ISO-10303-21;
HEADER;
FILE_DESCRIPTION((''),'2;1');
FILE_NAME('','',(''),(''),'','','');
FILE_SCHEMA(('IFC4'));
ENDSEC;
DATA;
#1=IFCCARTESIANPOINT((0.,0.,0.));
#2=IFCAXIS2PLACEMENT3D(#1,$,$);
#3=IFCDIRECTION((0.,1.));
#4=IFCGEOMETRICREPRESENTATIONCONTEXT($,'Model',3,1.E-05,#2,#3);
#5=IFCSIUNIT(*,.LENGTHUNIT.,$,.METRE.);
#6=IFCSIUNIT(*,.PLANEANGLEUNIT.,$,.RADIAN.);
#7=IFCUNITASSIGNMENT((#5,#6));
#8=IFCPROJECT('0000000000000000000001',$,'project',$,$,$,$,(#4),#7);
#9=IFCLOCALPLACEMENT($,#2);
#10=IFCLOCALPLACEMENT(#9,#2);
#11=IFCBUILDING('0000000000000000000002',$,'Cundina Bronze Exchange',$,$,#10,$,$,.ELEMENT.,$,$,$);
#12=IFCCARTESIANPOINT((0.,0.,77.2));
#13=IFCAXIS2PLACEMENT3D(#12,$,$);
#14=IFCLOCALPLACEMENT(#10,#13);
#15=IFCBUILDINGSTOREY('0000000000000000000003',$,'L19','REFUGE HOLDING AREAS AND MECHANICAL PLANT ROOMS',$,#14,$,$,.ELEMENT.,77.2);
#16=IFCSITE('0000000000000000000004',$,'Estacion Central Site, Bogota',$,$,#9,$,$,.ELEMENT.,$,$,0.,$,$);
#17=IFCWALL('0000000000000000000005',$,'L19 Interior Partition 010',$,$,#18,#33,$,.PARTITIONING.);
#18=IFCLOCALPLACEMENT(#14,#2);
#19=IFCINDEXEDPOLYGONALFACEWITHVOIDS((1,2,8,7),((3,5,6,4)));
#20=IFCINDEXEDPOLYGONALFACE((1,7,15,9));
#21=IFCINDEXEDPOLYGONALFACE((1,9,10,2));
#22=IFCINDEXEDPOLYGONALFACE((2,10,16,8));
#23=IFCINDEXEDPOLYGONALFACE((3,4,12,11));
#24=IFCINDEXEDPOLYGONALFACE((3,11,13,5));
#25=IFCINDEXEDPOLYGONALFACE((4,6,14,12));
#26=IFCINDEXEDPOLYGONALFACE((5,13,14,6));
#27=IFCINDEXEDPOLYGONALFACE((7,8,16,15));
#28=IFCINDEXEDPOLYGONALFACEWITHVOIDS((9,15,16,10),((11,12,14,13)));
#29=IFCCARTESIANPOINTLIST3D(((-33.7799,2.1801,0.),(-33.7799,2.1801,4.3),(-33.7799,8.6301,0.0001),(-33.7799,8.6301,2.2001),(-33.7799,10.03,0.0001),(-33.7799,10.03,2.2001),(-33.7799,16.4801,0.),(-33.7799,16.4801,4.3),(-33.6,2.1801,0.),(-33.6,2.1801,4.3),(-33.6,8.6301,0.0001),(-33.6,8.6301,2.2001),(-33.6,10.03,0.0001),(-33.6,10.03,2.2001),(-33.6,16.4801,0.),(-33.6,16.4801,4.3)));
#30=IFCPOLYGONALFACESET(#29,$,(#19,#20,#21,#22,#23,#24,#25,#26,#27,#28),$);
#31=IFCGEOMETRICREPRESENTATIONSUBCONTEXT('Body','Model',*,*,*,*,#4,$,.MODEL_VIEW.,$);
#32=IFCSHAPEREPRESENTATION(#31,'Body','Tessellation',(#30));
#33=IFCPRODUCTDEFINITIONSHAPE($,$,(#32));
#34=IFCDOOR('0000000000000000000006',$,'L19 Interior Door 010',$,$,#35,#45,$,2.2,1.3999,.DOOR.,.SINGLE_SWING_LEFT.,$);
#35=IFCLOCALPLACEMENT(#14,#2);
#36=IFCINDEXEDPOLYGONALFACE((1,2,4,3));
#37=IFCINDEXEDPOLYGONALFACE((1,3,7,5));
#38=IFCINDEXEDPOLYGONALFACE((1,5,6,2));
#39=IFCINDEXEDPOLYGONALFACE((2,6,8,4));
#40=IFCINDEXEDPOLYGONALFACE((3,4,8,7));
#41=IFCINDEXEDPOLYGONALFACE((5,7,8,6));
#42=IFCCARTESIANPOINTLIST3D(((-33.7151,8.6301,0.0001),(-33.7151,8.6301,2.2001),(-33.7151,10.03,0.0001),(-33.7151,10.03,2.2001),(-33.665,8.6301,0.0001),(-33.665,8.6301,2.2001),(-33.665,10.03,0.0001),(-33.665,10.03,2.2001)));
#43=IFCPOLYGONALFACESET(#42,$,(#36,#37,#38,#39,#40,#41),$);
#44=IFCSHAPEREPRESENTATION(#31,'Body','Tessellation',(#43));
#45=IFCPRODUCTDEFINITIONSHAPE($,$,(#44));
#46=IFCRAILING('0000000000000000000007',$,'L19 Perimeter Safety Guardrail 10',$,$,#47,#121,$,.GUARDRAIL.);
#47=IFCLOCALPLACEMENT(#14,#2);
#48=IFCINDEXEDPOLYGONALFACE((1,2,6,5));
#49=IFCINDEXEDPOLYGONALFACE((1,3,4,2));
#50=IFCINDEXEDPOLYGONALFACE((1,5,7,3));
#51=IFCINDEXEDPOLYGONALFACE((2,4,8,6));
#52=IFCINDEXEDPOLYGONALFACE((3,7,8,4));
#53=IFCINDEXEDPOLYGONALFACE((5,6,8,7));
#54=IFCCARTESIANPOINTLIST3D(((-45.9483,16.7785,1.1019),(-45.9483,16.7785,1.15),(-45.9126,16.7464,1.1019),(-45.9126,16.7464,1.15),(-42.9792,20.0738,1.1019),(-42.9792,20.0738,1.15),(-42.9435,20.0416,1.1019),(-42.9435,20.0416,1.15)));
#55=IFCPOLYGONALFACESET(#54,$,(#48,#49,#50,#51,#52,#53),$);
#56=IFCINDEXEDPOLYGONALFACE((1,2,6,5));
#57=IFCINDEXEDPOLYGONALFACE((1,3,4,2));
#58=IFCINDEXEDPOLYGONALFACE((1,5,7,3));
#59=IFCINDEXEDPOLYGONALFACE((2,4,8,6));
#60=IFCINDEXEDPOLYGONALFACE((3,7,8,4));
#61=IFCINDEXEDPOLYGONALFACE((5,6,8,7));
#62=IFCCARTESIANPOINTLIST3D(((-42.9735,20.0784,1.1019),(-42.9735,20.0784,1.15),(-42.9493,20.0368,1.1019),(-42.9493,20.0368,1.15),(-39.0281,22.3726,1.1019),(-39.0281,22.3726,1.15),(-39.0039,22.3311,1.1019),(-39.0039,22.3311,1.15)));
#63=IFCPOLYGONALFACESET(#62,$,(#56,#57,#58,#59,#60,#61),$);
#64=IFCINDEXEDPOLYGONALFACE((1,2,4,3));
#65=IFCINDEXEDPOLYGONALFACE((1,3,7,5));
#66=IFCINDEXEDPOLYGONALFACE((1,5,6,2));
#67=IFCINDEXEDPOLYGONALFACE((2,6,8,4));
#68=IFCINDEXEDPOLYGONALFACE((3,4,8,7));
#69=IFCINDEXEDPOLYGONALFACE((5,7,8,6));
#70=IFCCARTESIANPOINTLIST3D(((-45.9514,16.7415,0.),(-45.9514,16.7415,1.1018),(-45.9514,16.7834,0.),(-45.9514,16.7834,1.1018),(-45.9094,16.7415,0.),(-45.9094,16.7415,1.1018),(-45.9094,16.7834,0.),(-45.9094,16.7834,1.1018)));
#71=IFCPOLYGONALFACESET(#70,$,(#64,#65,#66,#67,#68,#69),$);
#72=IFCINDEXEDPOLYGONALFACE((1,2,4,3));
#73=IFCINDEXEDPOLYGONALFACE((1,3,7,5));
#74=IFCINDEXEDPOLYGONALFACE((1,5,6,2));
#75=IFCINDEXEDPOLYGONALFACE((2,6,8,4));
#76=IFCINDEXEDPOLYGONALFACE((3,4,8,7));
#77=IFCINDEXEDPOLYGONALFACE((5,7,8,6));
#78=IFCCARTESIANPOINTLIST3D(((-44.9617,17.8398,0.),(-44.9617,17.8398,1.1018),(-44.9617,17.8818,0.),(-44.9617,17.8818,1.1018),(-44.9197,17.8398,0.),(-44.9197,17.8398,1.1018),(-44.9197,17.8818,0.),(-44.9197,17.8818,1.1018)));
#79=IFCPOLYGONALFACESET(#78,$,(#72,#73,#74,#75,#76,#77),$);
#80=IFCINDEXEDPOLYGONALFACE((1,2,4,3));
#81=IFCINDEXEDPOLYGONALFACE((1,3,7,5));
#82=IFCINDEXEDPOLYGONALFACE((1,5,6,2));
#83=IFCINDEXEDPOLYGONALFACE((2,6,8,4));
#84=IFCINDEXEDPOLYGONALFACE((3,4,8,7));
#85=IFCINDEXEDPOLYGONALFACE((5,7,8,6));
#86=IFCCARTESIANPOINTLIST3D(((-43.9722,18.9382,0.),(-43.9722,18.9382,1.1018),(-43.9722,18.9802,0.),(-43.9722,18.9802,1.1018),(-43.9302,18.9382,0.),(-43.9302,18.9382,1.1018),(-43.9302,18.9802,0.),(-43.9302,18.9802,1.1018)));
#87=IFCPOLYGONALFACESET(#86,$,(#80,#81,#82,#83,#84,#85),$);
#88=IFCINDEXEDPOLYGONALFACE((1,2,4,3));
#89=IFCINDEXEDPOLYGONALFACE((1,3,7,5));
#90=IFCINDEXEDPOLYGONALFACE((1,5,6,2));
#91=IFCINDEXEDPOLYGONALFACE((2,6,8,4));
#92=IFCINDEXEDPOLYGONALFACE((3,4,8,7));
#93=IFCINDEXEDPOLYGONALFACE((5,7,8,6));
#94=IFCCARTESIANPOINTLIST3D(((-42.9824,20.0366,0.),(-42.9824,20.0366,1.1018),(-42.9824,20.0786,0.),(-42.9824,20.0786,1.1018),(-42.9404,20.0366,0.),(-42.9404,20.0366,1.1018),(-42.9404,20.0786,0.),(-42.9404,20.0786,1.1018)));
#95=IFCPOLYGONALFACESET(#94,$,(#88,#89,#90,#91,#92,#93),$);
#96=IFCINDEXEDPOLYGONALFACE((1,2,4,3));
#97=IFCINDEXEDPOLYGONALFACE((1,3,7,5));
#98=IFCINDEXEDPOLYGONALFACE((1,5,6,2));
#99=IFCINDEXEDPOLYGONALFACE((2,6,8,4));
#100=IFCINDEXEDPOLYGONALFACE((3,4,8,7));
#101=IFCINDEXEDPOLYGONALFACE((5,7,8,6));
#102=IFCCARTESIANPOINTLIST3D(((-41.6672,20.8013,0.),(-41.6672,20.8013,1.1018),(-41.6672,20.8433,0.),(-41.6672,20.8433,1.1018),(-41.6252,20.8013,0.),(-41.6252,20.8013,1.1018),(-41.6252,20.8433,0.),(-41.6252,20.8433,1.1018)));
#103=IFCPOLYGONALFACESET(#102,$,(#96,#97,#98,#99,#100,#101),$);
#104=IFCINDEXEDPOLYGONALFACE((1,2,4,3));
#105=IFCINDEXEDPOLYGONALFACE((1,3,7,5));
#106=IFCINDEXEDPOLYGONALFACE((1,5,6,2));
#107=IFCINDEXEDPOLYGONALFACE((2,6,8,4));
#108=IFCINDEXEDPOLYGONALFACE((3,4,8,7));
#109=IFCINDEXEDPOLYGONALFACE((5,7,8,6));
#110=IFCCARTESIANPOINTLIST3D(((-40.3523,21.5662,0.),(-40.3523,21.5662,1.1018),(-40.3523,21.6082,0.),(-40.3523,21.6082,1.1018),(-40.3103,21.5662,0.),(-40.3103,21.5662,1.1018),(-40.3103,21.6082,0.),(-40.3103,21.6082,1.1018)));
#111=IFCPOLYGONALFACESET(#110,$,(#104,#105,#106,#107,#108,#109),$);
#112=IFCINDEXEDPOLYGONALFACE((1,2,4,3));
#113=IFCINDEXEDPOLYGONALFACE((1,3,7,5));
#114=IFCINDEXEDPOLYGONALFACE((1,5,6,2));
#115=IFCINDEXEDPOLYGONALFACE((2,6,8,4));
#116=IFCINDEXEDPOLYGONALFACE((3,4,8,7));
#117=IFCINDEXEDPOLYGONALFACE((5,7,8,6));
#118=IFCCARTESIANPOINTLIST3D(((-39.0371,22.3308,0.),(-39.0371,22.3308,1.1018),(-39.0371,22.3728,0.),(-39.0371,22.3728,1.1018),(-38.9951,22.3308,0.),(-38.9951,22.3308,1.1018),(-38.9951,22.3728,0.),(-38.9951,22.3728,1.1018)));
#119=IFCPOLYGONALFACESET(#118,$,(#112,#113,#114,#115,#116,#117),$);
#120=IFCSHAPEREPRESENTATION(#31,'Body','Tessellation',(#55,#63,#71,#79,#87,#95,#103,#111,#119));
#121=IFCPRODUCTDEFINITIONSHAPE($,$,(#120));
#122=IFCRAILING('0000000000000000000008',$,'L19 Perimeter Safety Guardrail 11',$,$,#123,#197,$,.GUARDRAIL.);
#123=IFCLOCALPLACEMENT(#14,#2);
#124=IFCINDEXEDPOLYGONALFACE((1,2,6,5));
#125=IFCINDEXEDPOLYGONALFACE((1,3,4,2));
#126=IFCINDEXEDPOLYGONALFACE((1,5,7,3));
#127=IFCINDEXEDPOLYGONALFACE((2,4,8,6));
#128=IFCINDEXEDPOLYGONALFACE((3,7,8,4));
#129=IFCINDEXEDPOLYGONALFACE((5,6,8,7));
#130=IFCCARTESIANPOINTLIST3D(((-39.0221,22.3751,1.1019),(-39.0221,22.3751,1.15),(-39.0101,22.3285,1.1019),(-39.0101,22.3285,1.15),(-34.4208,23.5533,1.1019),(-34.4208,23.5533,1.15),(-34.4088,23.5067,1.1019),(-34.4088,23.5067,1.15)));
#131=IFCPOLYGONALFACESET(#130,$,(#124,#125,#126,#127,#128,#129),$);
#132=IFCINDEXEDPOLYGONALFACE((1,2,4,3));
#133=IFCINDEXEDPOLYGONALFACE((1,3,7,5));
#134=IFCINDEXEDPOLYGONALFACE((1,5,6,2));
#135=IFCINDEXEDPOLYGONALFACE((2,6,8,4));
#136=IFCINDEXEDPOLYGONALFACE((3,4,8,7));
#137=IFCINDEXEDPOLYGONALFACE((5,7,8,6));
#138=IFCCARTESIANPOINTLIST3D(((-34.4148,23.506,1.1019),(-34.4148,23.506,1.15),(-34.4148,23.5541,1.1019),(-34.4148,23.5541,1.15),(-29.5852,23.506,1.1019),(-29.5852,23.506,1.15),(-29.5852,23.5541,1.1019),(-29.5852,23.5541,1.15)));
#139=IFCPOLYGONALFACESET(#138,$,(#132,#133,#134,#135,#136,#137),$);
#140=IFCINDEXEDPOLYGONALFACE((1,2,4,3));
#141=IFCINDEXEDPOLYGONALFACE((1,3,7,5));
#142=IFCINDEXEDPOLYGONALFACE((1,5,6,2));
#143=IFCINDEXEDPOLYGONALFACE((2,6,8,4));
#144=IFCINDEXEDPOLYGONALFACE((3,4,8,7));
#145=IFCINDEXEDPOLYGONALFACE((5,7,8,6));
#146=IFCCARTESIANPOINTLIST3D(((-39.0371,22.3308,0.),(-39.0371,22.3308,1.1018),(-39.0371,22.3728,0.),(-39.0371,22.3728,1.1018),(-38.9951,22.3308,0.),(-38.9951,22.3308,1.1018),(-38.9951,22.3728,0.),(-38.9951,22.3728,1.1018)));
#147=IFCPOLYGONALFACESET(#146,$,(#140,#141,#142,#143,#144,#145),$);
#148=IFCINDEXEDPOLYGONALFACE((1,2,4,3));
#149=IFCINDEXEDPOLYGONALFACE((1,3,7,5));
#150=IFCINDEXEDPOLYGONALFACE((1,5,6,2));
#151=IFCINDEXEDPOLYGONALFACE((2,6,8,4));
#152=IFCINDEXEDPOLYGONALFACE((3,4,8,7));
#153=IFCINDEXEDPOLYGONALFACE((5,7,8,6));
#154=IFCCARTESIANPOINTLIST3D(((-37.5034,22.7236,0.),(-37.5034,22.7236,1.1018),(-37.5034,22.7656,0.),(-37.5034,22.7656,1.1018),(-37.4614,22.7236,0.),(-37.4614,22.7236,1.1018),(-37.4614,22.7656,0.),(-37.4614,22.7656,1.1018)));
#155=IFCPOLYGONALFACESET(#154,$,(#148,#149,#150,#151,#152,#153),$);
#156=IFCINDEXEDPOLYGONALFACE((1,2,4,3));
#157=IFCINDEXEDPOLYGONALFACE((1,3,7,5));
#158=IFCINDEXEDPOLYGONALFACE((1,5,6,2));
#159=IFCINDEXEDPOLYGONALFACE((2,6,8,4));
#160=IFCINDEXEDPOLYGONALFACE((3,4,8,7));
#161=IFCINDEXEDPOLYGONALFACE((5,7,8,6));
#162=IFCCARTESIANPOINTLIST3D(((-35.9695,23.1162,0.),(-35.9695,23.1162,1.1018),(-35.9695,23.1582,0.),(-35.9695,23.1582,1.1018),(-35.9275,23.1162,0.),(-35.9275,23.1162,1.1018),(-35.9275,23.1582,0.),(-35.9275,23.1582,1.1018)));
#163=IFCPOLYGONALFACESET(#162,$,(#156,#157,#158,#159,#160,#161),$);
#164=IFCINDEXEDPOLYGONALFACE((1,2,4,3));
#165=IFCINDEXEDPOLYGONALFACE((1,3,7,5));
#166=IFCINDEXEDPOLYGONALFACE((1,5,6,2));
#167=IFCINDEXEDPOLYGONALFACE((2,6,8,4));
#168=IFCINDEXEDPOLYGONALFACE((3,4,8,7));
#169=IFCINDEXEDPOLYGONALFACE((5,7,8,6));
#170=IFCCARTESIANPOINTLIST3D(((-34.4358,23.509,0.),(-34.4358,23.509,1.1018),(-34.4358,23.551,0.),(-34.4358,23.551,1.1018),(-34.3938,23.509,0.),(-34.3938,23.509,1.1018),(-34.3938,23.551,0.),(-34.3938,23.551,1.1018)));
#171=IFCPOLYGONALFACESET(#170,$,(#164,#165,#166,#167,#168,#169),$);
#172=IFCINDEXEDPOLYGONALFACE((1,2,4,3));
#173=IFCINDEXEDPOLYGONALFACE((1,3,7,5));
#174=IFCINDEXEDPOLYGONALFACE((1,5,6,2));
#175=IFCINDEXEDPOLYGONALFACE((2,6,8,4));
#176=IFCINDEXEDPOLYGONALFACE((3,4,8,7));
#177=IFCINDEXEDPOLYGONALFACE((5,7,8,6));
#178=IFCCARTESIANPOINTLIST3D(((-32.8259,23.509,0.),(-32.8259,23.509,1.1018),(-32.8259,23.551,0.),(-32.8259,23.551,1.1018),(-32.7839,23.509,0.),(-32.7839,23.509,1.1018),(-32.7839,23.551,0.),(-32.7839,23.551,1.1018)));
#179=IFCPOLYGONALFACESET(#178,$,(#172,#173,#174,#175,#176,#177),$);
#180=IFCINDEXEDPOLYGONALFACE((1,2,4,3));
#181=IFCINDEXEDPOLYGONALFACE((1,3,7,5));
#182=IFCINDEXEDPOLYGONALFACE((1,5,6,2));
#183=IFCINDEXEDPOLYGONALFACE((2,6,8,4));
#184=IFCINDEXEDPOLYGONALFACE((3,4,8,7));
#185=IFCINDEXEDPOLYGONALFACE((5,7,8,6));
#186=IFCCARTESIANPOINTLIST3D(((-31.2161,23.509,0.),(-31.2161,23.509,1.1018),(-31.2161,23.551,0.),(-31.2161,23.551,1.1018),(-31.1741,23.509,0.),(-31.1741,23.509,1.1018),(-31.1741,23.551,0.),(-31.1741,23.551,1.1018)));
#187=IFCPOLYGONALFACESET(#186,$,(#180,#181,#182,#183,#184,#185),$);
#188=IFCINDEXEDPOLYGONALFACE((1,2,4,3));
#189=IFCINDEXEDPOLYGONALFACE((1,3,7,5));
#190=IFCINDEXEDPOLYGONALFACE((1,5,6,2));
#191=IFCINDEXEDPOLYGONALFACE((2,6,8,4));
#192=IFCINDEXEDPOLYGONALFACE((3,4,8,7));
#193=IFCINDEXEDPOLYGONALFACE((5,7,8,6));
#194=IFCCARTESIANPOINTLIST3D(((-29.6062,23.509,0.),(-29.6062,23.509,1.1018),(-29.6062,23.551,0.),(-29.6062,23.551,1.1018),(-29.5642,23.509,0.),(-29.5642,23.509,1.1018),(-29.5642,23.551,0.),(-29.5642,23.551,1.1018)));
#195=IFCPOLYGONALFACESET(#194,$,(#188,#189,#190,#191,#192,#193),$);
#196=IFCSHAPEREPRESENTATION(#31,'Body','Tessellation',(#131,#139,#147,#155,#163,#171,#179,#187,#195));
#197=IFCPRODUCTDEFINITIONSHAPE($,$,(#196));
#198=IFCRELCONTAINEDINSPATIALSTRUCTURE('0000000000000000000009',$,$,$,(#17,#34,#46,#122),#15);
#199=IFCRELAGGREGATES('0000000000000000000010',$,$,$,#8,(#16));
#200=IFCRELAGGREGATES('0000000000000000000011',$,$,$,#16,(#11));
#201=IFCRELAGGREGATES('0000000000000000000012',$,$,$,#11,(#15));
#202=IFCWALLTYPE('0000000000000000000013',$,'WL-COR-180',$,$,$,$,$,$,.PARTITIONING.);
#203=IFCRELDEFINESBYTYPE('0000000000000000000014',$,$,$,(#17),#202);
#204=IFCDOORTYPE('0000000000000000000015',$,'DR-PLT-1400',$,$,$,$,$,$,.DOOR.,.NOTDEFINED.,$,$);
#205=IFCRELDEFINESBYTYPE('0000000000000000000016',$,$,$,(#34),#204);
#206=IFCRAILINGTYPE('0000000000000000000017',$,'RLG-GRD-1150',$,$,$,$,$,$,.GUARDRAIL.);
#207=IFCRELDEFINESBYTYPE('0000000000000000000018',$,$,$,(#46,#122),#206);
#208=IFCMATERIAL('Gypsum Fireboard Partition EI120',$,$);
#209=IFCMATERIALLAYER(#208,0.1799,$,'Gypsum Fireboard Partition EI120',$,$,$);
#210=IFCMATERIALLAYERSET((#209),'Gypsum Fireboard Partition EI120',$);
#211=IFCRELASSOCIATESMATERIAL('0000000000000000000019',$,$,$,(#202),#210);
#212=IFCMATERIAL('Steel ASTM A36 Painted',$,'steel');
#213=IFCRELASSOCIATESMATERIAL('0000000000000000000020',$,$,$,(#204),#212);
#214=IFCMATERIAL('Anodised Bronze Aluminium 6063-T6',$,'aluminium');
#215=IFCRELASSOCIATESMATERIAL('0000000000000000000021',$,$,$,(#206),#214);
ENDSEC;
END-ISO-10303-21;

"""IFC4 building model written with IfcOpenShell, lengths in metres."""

from ifc_helpers import new_model, si_unit, direction, frame, frame_2d, origin, origin_2d, place, context, subcontext, project, spatial, rectangle, extrude, material, layer, layer_set, type_object, element, fill, save


model = new_model("IFC4")

# Units and contexts
model_context = context("Model", 3, precision=1e-05, world=origin(), true_north=direction((0.0, 1.0)))
body_context = subcontext(model_context, "Body", "Model", "MODEL_VIEW")
ifc_project = project(units=[si_unit("LENGTHUNIT", "METRE"), si_unit("PLANEANGLEUNIT", "RADIAN")], contexts=[model_context])

# Site, building, storey
site_placement = place(None, origin())
site = spatial("IfcSite", under=ifc_project, at=site_placement, Name="Estacion Central Site, Bogota", CompositionType="ELEMENT", RefElevation=0.0)
building_placement = place(site_placement, origin())
building = spatial("IfcBuilding", under=site, at=building_placement, Name="Cundina Bronze Exchange", CompositionType="ELEMENT")
storey_placement = place(building_placement, frame((0.0, 0.0, 77.2)))
storey = spatial("IfcBuildingStorey", under=building, at=storey_placement, Name="L19", Description="REFUGE HOLDING AREAS AND MECHANICAL PLANT ROOMS", CompositionType="ELEMENT", Elevation=77.2)

# Wall, opening, door
ifc_material_1 = material(Name="Gypsum Fireboard Partition EI120")
ifc_layer_1 = layer(ifc_material_1, 0.1799, Name="Gypsum Fireboard Partition EI120")
ifc_layer_set_1 = layer_set([ifc_layer_1], Name="Gypsum Fireboard Partition EI120")
wall_type = type_object("IfcWallType", Name="WL-COR-180", PredefinedType="PARTITIONING", material=ifc_layer_set_1)
wall_placement = place(storey_placement, frame((-33.6899, 16.48, 0.0), z_axis=(0.0, 0.0, 1.0), x_axis=(0.0, -1.0, 0.0)))
wall = element("IfcWall", 1, at=wall_placement, inside=storey, type_object=wall_type, Name="L19 Interior Partition 010", PredefinedType="PARTITIONING", context=body_context, shape_type="SweptSolid", body=[
    extrude(rectangle(XDim=14.3, YDim=0.1799, at=frame_2d((7.1499, 0.0))), origin(), (0.0, 0.0, 1.0), 4.3),
])
opening_placement = place(wall_placement, frame((6.45, 0.0, 0.0)))
opening = element("IfcOpeningElement", 2, at=opening_placement, cuts=wall, PredefinedType="OPENING", context=body_context, shape_type="SweptSolid", body=[
    extrude(rectangle(XDim=1.3999, YDim=2.2, at=frame_2d((0.7, 1.1001))), frame((0.0, 0.0999, 0.0), z_axis=(0.0, -1.0, 0.0), x_axis=(1.0, 0.0, 0.0)), (0.0, 0.0, 1.0), 0.2),
])
ifc_material_2 = material(Name="Steel ASTM A36 Painted", Category="steel")
door_type = type_object("IfcDoorType", Name="DR-PLT-1400", OperationType="NOTDEFINED", PredefinedType="DOOR", material=ifc_material_2)
door_placement = place(opening_placement, origin())
door = element("IfcDoor", 3, at=door_placement, inside=storey, type_object=door_type, Name="L19 Interior Door 010", OperationType="SINGLE_SWING_LEFT", OverallHeight=2.2, OverallWidth=1.3999, PredefinedType="DOOR", context=body_context, shape_type="SweptSolid", body=[
    extrude(rectangle(XDim=1.3999, YDim=2.2, at=frame_2d((0.7, 1.1001))), frame((0.0, 0.0249, 0.0), z_axis=(0.0, -1.0, 0.0), x_axis=(1.0, 0.0, 0.0)), (0.0, 0.0, 1.0), 0.05),
])
fill(opening, door)

# Railings
ifc_material_3 = material(Name="Anodised Bronze Aluminium 6063-T6", Category="aluminium")
railing_type = type_object("IfcRailingType", Name="RLG-GRD-1150", PredefinedType="GUARDRAIL", material=ifc_material_3)
railing_1_placement = place(storey_placement, frame((-45.9304, 16.7625, 0.0)))
element("IfcRailing", 4, at=railing_1_placement, inside=storey, type_object=railing_type, Name="L19 Perimeter Safety Guardrail 10", PredefinedType="GUARDRAIL", context=body_context, shape_type="SweptSolid", body=[
    extrude(rectangle(XDim=0.0481, YDim=0.0481, at=origin_2d()), frame((0.0, 0.0, 1.126), z_axis=(0.669381, 0.742919, 0.0), x_axis=(-0.742919, 0.669381, 0.0)), (0.0, 0.0, 1.0), 4.4355),
    extrude(rectangle(XDim=0.0481, YDim=0.0481, at=origin_2d()), frame((2.969, 3.2952, 1.126), z_axis=(0.864469, 0.502686, 0.0), x_axis=(-0.502686, 0.864469, 0.0)), (0.0, 0.0, 1.0), 4.564),
    extrude(rectangle(XDim=0.042, YDim=0.042, at=origin_2d()), origin(), (0.0, 0.0, 1.0), 1.1018),
    extrude(rectangle(XDim=0.042, YDim=0.042, at=origin_2d()), frame((0.9897, 1.0984, 0.0)), (0.0, 0.0, 1.0), 1.1018),
    extrude(rectangle(XDim=0.042, YDim=0.042, at=origin_2d()), frame((1.9792, 2.1968, 0.0)), (0.0, 0.0, 1.0), 1.1018),
    extrude(rectangle(XDim=0.042, YDim=0.042, at=origin_2d()), frame((2.969, 3.2952, 0.0)), (0.0, 0.0, 1.0), 1.1018),
    extrude(rectangle(XDim=0.042, YDim=0.042, at=origin_2d()), frame((4.2842, 4.0598, 0.0)), (0.0, 0.0, 1.0), 1.1018),
    extrude(rectangle(XDim=0.042, YDim=0.042, at=origin_2d()), frame((5.5991, 4.8247, 0.0)), (0.0, 0.0, 1.0), 1.1018),
    extrude(rectangle(XDim=0.042, YDim=0.042, at=origin_2d()), frame((6.9143, 5.5894, 0.0)), (0.0, 0.0, 1.0), 1.1018),
])
railing_2_placement = place(storey_placement, frame((-39.0161, 22.3518, 0.0)))
element("IfcRailing", 5, at=railing_2_placement, inside=storey, type_object=railing_type, Name="L19 Perimeter Safety Guardrail 11", PredefinedType="GUARDRAIL", context=body_context, shape_type="SweptSolid", body=[
    extrude(rectangle(XDim=0.0481, YDim=0.0481, at=origin_2d()), frame((0.0, 0.0, 1.126), z_axis=(0.968745, 0.248059, 0.0), x_axis=(-0.248059, 0.968745, 0.0)), (0.0, 0.0, 1.0), 4.7498),
    extrude(rectangle(XDim=0.0481, YDim=0.0481, at=origin_2d()), frame((4.6013, 1.1782, 1.126), z_axis=(1.0, 0.0, 0.0), x_axis=(0.0, 1.0, 0.0)), (0.0, 0.0, 1.0), 4.8296),
    extrude(rectangle(XDim=0.042, YDim=0.042, at=origin_2d()), origin(), (0.0, 0.0, 1.0), 1.1018),
    extrude(rectangle(XDim=0.042, YDim=0.042, at=origin_2d()), frame((1.5337, 0.3928, 0.0)), (0.0, 0.0, 1.0), 1.1018),
    extrude(rectangle(XDim=0.042, YDim=0.042, at=origin_2d()), frame((3.0676, 0.7854, 0.0)), (0.0, 0.0, 1.0), 1.1018),
    extrude(rectangle(XDim=0.042, YDim=0.042, at=origin_2d()), frame((4.6013, 1.1782, 0.0)), (0.0, 0.0, 1.0), 1.1018),
    extrude(rectangle(XDim=0.042, YDim=0.042, at=origin_2d()), frame((6.2112, 1.1782, 0.0)), (0.0, 0.0, 1.0), 1.1018),
    extrude(rectangle(XDim=0.042, YDim=0.042, at=origin_2d()), frame((7.821, 1.1782, 0.0)), (0.0, 0.0, 1.0), 1.1018),
    extrude(rectangle(XDim=0.042, YDim=0.042, at=origin_2d()), frame((9.4309, 1.1782, 0.0)), (0.0, 0.0, 1.0), 1.1018),
])

save(model, "model.ifc")
